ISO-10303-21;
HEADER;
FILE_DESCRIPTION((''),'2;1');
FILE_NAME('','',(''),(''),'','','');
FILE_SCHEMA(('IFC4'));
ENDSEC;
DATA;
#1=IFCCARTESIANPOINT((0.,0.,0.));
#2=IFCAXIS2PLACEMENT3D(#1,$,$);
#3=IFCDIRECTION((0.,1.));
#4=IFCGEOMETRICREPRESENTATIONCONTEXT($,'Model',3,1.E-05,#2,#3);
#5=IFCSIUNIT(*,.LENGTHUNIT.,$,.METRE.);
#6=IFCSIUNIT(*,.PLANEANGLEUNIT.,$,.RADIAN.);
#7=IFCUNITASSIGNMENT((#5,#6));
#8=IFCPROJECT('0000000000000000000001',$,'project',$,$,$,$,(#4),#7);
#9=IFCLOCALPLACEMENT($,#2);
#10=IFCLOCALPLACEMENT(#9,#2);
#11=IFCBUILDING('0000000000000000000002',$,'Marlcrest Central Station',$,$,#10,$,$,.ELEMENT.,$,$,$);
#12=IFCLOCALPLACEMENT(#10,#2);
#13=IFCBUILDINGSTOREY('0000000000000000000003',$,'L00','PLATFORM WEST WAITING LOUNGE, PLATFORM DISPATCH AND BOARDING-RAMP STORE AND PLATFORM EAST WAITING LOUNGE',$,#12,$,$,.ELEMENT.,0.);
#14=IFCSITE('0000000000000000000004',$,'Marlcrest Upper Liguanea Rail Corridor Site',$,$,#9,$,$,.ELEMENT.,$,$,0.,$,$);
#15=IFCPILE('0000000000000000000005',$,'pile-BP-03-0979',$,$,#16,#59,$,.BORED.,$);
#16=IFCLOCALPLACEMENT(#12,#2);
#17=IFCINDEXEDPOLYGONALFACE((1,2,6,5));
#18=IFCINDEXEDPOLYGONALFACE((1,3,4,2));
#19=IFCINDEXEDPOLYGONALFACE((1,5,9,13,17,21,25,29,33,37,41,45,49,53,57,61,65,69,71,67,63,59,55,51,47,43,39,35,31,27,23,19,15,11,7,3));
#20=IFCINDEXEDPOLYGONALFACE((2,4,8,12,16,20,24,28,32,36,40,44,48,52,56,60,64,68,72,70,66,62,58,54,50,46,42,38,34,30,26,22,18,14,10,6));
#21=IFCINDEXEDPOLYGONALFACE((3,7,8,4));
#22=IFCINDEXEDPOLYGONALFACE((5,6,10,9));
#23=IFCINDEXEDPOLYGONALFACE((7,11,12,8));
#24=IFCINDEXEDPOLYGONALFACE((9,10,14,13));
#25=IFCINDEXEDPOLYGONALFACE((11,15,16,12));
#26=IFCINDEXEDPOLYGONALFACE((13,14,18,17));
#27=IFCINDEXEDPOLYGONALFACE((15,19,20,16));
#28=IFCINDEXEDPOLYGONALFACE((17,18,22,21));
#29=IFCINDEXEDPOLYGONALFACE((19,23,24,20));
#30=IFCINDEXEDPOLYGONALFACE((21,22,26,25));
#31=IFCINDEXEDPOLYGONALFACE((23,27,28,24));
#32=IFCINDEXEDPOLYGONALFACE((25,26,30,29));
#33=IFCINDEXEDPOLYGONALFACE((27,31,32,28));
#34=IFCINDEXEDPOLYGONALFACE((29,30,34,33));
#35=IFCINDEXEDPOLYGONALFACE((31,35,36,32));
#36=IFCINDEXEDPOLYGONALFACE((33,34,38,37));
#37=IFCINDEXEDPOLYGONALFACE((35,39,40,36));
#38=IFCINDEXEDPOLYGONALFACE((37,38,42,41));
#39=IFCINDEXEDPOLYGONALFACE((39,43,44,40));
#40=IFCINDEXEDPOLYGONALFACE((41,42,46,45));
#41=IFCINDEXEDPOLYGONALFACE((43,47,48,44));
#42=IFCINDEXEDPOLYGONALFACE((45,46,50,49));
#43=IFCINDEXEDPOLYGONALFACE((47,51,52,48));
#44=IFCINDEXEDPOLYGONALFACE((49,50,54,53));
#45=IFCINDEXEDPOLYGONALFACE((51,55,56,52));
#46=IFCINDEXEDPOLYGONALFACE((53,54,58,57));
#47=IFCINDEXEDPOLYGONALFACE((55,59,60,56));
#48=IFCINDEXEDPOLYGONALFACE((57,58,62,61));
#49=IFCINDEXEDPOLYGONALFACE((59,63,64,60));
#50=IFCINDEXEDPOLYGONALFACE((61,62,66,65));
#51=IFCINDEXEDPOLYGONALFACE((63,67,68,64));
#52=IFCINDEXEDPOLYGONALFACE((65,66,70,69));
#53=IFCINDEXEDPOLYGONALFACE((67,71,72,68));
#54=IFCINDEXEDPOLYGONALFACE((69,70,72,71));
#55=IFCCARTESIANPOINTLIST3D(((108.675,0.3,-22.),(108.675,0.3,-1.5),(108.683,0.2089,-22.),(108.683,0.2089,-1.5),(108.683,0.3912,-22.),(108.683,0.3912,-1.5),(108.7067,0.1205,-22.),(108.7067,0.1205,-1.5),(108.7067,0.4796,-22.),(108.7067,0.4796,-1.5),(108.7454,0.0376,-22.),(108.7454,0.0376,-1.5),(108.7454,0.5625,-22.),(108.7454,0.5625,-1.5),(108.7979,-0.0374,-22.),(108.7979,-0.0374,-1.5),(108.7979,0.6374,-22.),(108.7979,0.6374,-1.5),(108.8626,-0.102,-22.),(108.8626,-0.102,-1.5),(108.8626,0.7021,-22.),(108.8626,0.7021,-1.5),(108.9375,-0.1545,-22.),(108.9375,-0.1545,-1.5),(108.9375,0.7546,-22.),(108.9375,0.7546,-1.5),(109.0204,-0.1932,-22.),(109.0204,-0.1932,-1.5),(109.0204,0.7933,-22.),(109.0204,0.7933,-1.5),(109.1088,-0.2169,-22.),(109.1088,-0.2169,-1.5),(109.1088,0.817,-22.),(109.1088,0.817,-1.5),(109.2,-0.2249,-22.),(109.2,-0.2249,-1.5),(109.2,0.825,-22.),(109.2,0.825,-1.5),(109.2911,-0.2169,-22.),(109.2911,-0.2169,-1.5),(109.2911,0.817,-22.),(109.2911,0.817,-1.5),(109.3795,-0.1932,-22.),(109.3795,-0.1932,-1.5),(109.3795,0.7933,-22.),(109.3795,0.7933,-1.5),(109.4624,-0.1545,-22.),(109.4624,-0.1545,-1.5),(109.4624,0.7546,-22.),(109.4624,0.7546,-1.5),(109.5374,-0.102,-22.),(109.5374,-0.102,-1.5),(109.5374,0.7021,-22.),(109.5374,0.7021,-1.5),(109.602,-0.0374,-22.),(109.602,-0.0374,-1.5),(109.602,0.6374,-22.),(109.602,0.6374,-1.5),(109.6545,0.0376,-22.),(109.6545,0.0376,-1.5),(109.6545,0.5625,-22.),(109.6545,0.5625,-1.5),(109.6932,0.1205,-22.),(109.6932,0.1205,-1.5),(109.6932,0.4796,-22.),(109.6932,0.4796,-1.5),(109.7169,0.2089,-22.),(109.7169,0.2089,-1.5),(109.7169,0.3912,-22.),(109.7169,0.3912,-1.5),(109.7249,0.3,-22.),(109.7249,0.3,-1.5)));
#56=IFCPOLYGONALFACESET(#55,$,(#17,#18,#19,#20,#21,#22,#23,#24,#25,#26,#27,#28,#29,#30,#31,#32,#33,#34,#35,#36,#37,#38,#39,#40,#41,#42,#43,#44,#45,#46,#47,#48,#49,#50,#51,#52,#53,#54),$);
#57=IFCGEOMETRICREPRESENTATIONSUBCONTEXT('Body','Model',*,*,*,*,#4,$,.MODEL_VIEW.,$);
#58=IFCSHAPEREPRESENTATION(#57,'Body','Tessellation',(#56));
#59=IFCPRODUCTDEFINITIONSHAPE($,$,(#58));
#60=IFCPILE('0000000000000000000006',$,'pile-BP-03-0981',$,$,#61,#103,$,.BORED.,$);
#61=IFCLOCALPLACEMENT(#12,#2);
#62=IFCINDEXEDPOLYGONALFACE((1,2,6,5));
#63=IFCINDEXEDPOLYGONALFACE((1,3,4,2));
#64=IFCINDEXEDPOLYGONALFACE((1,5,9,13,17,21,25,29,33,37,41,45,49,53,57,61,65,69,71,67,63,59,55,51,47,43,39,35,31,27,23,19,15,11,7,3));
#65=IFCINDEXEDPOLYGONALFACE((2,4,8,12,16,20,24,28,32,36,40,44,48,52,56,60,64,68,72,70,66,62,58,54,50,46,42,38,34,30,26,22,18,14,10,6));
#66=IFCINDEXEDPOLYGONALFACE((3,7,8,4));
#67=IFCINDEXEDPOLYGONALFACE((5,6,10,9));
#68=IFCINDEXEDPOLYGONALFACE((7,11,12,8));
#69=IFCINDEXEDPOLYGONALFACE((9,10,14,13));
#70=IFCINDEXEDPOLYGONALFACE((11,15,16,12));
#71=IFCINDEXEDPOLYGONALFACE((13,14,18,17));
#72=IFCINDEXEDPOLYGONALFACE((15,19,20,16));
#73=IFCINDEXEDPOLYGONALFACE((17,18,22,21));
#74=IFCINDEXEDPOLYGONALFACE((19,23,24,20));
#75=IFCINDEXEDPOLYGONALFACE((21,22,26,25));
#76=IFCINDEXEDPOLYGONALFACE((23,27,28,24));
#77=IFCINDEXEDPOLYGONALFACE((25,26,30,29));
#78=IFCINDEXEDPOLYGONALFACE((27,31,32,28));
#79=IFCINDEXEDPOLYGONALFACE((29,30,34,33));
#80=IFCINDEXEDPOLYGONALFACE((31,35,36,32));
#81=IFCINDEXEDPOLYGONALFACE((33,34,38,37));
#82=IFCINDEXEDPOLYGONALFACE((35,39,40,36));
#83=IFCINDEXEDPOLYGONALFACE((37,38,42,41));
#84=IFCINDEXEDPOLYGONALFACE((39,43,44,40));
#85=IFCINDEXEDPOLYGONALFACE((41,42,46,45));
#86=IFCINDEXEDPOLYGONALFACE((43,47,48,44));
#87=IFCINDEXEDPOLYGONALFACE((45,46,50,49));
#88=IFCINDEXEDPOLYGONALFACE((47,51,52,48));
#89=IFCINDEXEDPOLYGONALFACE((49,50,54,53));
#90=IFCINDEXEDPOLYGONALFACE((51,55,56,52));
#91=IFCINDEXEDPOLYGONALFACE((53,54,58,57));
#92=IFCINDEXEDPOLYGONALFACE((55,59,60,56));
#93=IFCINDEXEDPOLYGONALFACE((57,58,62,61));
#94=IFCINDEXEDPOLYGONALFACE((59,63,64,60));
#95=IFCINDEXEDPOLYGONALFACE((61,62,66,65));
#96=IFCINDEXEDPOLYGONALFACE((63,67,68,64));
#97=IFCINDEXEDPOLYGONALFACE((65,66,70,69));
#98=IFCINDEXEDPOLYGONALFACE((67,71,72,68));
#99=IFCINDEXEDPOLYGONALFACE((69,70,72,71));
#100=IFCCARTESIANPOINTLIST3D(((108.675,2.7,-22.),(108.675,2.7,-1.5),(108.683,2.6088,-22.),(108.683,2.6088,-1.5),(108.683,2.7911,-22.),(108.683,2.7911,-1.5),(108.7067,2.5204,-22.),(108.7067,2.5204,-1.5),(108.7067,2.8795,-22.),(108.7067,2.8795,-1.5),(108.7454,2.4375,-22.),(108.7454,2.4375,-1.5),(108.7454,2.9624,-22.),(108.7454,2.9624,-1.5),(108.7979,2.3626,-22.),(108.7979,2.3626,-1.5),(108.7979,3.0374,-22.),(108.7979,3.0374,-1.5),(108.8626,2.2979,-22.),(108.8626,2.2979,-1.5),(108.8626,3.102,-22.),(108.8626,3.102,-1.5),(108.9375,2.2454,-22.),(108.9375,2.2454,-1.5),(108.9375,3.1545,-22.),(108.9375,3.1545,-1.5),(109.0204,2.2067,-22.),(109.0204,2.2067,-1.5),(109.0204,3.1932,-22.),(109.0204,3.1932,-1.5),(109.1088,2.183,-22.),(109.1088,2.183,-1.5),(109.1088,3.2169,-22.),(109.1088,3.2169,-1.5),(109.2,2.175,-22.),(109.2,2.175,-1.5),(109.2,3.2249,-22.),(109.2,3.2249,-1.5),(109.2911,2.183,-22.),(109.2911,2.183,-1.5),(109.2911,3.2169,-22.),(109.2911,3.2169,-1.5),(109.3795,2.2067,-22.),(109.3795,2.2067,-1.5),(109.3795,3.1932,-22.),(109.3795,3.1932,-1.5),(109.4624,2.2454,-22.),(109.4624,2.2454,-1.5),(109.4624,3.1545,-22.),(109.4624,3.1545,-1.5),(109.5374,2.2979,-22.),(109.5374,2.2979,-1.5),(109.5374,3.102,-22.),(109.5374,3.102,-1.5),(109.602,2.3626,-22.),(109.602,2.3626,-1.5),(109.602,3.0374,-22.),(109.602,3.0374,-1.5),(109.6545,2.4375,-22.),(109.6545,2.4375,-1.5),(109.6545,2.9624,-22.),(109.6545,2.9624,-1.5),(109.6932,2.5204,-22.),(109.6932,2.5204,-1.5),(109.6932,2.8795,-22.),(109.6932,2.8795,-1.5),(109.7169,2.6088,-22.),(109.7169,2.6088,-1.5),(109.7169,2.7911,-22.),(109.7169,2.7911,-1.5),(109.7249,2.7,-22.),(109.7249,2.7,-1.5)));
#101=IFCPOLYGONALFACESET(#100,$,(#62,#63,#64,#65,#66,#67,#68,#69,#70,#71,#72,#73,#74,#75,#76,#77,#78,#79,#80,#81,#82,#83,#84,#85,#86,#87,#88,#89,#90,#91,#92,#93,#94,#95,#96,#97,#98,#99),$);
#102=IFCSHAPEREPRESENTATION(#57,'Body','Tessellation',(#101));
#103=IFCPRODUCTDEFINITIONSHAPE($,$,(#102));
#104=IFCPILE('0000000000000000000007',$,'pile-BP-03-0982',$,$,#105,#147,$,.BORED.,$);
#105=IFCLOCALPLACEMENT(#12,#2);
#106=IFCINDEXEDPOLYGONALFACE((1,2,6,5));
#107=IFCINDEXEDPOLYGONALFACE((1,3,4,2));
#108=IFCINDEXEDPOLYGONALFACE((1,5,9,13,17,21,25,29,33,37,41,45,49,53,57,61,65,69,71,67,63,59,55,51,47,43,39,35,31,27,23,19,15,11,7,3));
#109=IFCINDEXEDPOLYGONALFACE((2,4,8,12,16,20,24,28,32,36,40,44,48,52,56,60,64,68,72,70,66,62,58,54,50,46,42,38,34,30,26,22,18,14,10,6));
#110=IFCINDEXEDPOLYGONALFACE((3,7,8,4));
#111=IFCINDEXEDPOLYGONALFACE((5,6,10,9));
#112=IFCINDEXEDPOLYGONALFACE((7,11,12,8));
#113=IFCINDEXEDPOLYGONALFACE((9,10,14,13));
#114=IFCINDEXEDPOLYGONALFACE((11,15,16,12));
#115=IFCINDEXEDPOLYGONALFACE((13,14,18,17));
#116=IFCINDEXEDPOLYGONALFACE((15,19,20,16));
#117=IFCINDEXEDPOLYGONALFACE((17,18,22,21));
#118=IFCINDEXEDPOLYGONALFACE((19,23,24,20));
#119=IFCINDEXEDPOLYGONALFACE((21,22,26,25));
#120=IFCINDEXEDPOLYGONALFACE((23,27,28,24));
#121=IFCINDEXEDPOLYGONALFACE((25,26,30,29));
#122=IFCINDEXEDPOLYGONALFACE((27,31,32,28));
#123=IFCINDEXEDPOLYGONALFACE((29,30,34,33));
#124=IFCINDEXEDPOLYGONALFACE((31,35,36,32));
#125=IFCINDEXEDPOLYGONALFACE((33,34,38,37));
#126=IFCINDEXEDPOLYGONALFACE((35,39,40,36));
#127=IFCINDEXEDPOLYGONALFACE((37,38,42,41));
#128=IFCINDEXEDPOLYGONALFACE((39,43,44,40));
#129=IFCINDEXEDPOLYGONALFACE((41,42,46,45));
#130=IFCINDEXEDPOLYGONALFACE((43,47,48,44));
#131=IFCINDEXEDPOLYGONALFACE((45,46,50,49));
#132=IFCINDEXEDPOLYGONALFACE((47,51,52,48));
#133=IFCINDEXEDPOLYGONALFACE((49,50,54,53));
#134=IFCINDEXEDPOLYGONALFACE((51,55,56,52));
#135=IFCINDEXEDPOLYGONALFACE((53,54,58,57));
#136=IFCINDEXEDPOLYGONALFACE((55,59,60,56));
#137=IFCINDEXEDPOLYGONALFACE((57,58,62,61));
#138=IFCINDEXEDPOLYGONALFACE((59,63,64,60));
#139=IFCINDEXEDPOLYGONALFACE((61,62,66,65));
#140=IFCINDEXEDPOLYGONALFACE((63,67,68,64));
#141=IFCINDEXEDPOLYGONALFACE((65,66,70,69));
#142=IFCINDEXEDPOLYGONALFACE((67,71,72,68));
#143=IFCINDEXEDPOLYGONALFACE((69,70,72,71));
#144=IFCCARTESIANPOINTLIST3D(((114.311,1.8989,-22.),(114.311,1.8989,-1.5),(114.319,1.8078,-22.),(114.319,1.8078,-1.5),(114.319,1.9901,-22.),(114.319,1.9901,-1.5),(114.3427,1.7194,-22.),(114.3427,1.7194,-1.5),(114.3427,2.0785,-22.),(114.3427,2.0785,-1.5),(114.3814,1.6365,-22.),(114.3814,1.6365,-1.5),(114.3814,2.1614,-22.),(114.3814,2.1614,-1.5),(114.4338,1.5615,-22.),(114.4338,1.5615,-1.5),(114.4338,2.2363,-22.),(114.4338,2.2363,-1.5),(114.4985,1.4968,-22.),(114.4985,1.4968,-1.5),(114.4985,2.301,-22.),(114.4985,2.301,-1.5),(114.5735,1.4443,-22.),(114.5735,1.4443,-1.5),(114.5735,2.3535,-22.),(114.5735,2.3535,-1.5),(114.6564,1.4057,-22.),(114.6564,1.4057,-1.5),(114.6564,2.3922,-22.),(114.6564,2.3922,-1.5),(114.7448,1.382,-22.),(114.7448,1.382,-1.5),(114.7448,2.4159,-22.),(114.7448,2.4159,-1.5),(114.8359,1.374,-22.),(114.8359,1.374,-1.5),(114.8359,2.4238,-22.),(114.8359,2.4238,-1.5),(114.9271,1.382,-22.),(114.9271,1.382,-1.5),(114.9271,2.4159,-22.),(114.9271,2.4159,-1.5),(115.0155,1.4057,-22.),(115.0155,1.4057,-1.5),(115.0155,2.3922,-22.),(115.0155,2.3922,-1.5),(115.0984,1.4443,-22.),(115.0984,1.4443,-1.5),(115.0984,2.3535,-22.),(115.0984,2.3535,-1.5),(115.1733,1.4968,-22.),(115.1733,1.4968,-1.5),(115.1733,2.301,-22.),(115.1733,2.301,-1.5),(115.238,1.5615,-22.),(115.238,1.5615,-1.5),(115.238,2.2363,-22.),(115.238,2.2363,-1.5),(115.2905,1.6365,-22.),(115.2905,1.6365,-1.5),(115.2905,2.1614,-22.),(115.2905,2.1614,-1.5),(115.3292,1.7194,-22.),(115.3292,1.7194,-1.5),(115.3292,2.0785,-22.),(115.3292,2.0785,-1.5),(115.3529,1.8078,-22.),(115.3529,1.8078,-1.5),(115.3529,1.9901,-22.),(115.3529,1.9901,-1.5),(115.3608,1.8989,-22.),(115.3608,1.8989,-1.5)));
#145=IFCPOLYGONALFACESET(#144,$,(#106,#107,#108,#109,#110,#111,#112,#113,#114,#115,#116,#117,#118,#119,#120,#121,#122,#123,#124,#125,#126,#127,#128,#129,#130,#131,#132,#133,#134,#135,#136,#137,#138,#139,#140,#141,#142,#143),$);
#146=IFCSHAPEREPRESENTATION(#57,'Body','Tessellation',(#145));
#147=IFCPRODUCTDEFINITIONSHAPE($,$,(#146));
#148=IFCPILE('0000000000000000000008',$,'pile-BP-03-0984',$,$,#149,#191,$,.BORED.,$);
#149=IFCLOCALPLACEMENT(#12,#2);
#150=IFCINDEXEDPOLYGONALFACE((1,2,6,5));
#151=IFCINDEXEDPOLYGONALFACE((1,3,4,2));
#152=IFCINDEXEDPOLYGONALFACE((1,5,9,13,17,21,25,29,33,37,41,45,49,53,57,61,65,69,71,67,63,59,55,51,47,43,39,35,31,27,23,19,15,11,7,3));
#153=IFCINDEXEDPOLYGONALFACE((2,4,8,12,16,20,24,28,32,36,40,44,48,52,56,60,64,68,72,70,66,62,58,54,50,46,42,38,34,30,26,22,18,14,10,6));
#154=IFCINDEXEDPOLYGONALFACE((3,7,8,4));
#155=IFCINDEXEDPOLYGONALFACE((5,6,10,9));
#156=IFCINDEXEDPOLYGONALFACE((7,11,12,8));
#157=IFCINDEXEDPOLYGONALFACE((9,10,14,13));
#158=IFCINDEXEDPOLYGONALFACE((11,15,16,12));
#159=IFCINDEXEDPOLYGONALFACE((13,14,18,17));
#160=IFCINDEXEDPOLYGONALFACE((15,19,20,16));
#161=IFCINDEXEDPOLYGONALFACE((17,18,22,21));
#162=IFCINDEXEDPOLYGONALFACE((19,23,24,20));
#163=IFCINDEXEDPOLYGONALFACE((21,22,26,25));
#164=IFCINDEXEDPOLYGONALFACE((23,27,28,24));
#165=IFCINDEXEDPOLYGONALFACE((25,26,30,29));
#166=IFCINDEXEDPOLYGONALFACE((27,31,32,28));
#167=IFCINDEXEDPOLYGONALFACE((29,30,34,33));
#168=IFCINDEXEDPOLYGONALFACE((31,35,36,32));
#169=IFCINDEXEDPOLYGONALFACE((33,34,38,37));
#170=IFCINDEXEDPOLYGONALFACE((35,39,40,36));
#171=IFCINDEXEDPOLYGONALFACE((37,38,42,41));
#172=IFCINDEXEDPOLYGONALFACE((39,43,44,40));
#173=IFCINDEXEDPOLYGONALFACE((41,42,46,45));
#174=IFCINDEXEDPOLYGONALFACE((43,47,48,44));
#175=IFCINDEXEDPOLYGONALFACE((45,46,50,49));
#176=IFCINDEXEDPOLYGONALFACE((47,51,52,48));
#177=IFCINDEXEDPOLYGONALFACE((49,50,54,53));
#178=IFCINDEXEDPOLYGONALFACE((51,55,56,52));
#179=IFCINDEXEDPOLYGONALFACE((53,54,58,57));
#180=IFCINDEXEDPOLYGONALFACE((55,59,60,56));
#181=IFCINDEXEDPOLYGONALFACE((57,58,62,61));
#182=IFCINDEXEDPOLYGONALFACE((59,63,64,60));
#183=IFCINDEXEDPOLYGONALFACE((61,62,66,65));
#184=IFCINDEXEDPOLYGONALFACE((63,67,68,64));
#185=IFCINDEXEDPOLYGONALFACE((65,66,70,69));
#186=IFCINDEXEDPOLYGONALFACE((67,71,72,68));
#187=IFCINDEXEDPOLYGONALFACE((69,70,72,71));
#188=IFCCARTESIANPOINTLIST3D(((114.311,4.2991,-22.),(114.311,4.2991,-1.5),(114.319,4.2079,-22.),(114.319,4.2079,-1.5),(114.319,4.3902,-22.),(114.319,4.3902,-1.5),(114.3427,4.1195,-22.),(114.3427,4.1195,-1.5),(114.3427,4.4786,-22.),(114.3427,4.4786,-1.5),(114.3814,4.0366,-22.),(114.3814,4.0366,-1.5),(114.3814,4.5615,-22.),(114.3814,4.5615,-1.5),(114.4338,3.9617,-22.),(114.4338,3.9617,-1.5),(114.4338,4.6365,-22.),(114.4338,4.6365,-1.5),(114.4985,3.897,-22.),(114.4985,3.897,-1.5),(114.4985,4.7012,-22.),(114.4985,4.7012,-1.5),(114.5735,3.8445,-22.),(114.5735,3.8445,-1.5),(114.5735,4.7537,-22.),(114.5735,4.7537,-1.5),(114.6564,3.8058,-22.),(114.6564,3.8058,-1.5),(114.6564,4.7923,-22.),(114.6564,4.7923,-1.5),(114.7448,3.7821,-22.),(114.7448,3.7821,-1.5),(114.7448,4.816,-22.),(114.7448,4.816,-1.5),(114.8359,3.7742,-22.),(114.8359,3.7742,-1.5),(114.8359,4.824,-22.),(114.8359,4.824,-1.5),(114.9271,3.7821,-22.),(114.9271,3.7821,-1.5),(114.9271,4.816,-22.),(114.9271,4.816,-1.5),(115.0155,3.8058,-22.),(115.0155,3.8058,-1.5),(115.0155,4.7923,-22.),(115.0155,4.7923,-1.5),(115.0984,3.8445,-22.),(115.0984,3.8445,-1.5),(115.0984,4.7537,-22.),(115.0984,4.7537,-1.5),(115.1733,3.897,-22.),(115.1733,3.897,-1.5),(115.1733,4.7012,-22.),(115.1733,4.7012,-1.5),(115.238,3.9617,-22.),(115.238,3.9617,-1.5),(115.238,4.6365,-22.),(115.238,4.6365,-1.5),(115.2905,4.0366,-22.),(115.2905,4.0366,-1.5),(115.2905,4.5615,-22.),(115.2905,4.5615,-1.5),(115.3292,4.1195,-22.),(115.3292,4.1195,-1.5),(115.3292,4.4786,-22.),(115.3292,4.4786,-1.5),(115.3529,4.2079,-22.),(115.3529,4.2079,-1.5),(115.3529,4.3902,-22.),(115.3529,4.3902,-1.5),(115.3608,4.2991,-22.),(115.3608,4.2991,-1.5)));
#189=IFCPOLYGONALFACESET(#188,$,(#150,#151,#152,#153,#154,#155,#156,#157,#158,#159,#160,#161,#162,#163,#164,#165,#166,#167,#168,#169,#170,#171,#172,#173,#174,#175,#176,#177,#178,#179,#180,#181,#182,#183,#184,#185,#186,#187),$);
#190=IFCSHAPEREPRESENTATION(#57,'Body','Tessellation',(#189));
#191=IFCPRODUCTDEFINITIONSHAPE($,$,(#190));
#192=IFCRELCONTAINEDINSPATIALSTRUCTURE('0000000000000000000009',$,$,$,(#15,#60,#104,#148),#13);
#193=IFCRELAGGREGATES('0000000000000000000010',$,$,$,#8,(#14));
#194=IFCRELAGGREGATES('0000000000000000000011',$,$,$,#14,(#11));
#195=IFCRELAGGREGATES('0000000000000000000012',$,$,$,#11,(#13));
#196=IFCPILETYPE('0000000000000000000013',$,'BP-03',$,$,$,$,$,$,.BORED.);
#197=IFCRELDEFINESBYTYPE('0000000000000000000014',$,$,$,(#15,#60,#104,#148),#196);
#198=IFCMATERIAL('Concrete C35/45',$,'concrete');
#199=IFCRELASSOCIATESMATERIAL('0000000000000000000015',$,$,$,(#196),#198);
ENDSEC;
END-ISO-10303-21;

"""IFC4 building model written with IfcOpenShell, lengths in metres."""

from ifc_helpers import new_model, si_unit, direction, frame, origin, origin_2d, place, context, subcontext, project, spatial, circle, extrude, material, material_profile, profile_set, type_object, element, save


model = new_model("IFC4")

# Units and contexts
model_context = context("Model", 3, precision=1e-05, world=origin(), true_north=direction((0.0, 1.0)))
body_context = subcontext(model_context, "Body", "Model", "MODEL_VIEW")
ifc_project = project(units=[si_unit("LENGTHUNIT", "METRE"), si_unit("PLANEANGLEUNIT", "RADIAN")], contexts=[model_context])

# Site, building, storey
site_placement = place(None, origin())
site = spatial("IfcSite", under=ifc_project, at=site_placement, Name="Marlcrest Upper Liguanea Rail Corridor Site", CompositionType="ELEMENT", RefElevation=0.0)
building_placement = place(site_placement, origin())
building = spatial("IfcBuilding", under=site, at=building_placement, Name="Marlcrest Central Station", CompositionType="ELEMENT")
storey_placement = place(building_placement, origin())
storey = spatial("IfcBuildingStorey", under=building, at=storey_placement, Name="L00", Description="PLATFORM WEST WAITING LOUNGE, PLATFORM DISPATCH AND BOARDING-RAMP STORE AND PLATFORM EAST WAITING LOUNGE", CompositionType="ELEMENT", Elevation=0.0)

# Piles
ifc_material_1 = material(Name="Concrete C35/45", Category="concrete")
ifc_material_profile_1 = material_profile(ifc_material_1, circle(Radius=0.5249, at=origin_2d()), Name="PILE D1050")
ifc_profile_set_1 = profile_set([ifc_material_profile_1], Name="Concrete C35/45")
pile_type_1 = type_object("IfcPileType", Name="BP-03", PredefinedType="BORED", material=ifc_profile_set_1)
for number, where, z_axis, x_axis, name in (
    (1, (109.2, 0.3, -1.5), (0.0, 0.0, -1.0), (1.0, 0.0, 0.0), "pile-BP-03-0979"),
    (2, (109.2, 2.7, -1.5), (0.0, 0.0, -1.0), (1.0, 0.0, 0.0), "pile-BP-03-0981"),
    (3, (114.8359, 1.8989, -1.5), (0.0, 0.0, -1.0), (1.0, 0.0, 0.0), "pile-BP-03-0982"),
    (4, (114.8359, 4.2991, -1.5), (0.0, 0.0, -1.0), (1.0, 0.0, 0.0), "pile-BP-03-0984"),
):
    element("IfcPile", number, at=place(storey_placement, frame(where, z_axis=z_axis, x_axis=x_axis)), inside=storey, type_object=pile_type_1, Name=name, PredefinedType="BORED", context=body_context, shape_type="SweptSolid", body=[
        extrude(circle(Radius=0.5249, at=origin_2d()), origin(), (0.0, 0.0, 1.0), 20.5),
    ])

save(model, "model.ifc")
